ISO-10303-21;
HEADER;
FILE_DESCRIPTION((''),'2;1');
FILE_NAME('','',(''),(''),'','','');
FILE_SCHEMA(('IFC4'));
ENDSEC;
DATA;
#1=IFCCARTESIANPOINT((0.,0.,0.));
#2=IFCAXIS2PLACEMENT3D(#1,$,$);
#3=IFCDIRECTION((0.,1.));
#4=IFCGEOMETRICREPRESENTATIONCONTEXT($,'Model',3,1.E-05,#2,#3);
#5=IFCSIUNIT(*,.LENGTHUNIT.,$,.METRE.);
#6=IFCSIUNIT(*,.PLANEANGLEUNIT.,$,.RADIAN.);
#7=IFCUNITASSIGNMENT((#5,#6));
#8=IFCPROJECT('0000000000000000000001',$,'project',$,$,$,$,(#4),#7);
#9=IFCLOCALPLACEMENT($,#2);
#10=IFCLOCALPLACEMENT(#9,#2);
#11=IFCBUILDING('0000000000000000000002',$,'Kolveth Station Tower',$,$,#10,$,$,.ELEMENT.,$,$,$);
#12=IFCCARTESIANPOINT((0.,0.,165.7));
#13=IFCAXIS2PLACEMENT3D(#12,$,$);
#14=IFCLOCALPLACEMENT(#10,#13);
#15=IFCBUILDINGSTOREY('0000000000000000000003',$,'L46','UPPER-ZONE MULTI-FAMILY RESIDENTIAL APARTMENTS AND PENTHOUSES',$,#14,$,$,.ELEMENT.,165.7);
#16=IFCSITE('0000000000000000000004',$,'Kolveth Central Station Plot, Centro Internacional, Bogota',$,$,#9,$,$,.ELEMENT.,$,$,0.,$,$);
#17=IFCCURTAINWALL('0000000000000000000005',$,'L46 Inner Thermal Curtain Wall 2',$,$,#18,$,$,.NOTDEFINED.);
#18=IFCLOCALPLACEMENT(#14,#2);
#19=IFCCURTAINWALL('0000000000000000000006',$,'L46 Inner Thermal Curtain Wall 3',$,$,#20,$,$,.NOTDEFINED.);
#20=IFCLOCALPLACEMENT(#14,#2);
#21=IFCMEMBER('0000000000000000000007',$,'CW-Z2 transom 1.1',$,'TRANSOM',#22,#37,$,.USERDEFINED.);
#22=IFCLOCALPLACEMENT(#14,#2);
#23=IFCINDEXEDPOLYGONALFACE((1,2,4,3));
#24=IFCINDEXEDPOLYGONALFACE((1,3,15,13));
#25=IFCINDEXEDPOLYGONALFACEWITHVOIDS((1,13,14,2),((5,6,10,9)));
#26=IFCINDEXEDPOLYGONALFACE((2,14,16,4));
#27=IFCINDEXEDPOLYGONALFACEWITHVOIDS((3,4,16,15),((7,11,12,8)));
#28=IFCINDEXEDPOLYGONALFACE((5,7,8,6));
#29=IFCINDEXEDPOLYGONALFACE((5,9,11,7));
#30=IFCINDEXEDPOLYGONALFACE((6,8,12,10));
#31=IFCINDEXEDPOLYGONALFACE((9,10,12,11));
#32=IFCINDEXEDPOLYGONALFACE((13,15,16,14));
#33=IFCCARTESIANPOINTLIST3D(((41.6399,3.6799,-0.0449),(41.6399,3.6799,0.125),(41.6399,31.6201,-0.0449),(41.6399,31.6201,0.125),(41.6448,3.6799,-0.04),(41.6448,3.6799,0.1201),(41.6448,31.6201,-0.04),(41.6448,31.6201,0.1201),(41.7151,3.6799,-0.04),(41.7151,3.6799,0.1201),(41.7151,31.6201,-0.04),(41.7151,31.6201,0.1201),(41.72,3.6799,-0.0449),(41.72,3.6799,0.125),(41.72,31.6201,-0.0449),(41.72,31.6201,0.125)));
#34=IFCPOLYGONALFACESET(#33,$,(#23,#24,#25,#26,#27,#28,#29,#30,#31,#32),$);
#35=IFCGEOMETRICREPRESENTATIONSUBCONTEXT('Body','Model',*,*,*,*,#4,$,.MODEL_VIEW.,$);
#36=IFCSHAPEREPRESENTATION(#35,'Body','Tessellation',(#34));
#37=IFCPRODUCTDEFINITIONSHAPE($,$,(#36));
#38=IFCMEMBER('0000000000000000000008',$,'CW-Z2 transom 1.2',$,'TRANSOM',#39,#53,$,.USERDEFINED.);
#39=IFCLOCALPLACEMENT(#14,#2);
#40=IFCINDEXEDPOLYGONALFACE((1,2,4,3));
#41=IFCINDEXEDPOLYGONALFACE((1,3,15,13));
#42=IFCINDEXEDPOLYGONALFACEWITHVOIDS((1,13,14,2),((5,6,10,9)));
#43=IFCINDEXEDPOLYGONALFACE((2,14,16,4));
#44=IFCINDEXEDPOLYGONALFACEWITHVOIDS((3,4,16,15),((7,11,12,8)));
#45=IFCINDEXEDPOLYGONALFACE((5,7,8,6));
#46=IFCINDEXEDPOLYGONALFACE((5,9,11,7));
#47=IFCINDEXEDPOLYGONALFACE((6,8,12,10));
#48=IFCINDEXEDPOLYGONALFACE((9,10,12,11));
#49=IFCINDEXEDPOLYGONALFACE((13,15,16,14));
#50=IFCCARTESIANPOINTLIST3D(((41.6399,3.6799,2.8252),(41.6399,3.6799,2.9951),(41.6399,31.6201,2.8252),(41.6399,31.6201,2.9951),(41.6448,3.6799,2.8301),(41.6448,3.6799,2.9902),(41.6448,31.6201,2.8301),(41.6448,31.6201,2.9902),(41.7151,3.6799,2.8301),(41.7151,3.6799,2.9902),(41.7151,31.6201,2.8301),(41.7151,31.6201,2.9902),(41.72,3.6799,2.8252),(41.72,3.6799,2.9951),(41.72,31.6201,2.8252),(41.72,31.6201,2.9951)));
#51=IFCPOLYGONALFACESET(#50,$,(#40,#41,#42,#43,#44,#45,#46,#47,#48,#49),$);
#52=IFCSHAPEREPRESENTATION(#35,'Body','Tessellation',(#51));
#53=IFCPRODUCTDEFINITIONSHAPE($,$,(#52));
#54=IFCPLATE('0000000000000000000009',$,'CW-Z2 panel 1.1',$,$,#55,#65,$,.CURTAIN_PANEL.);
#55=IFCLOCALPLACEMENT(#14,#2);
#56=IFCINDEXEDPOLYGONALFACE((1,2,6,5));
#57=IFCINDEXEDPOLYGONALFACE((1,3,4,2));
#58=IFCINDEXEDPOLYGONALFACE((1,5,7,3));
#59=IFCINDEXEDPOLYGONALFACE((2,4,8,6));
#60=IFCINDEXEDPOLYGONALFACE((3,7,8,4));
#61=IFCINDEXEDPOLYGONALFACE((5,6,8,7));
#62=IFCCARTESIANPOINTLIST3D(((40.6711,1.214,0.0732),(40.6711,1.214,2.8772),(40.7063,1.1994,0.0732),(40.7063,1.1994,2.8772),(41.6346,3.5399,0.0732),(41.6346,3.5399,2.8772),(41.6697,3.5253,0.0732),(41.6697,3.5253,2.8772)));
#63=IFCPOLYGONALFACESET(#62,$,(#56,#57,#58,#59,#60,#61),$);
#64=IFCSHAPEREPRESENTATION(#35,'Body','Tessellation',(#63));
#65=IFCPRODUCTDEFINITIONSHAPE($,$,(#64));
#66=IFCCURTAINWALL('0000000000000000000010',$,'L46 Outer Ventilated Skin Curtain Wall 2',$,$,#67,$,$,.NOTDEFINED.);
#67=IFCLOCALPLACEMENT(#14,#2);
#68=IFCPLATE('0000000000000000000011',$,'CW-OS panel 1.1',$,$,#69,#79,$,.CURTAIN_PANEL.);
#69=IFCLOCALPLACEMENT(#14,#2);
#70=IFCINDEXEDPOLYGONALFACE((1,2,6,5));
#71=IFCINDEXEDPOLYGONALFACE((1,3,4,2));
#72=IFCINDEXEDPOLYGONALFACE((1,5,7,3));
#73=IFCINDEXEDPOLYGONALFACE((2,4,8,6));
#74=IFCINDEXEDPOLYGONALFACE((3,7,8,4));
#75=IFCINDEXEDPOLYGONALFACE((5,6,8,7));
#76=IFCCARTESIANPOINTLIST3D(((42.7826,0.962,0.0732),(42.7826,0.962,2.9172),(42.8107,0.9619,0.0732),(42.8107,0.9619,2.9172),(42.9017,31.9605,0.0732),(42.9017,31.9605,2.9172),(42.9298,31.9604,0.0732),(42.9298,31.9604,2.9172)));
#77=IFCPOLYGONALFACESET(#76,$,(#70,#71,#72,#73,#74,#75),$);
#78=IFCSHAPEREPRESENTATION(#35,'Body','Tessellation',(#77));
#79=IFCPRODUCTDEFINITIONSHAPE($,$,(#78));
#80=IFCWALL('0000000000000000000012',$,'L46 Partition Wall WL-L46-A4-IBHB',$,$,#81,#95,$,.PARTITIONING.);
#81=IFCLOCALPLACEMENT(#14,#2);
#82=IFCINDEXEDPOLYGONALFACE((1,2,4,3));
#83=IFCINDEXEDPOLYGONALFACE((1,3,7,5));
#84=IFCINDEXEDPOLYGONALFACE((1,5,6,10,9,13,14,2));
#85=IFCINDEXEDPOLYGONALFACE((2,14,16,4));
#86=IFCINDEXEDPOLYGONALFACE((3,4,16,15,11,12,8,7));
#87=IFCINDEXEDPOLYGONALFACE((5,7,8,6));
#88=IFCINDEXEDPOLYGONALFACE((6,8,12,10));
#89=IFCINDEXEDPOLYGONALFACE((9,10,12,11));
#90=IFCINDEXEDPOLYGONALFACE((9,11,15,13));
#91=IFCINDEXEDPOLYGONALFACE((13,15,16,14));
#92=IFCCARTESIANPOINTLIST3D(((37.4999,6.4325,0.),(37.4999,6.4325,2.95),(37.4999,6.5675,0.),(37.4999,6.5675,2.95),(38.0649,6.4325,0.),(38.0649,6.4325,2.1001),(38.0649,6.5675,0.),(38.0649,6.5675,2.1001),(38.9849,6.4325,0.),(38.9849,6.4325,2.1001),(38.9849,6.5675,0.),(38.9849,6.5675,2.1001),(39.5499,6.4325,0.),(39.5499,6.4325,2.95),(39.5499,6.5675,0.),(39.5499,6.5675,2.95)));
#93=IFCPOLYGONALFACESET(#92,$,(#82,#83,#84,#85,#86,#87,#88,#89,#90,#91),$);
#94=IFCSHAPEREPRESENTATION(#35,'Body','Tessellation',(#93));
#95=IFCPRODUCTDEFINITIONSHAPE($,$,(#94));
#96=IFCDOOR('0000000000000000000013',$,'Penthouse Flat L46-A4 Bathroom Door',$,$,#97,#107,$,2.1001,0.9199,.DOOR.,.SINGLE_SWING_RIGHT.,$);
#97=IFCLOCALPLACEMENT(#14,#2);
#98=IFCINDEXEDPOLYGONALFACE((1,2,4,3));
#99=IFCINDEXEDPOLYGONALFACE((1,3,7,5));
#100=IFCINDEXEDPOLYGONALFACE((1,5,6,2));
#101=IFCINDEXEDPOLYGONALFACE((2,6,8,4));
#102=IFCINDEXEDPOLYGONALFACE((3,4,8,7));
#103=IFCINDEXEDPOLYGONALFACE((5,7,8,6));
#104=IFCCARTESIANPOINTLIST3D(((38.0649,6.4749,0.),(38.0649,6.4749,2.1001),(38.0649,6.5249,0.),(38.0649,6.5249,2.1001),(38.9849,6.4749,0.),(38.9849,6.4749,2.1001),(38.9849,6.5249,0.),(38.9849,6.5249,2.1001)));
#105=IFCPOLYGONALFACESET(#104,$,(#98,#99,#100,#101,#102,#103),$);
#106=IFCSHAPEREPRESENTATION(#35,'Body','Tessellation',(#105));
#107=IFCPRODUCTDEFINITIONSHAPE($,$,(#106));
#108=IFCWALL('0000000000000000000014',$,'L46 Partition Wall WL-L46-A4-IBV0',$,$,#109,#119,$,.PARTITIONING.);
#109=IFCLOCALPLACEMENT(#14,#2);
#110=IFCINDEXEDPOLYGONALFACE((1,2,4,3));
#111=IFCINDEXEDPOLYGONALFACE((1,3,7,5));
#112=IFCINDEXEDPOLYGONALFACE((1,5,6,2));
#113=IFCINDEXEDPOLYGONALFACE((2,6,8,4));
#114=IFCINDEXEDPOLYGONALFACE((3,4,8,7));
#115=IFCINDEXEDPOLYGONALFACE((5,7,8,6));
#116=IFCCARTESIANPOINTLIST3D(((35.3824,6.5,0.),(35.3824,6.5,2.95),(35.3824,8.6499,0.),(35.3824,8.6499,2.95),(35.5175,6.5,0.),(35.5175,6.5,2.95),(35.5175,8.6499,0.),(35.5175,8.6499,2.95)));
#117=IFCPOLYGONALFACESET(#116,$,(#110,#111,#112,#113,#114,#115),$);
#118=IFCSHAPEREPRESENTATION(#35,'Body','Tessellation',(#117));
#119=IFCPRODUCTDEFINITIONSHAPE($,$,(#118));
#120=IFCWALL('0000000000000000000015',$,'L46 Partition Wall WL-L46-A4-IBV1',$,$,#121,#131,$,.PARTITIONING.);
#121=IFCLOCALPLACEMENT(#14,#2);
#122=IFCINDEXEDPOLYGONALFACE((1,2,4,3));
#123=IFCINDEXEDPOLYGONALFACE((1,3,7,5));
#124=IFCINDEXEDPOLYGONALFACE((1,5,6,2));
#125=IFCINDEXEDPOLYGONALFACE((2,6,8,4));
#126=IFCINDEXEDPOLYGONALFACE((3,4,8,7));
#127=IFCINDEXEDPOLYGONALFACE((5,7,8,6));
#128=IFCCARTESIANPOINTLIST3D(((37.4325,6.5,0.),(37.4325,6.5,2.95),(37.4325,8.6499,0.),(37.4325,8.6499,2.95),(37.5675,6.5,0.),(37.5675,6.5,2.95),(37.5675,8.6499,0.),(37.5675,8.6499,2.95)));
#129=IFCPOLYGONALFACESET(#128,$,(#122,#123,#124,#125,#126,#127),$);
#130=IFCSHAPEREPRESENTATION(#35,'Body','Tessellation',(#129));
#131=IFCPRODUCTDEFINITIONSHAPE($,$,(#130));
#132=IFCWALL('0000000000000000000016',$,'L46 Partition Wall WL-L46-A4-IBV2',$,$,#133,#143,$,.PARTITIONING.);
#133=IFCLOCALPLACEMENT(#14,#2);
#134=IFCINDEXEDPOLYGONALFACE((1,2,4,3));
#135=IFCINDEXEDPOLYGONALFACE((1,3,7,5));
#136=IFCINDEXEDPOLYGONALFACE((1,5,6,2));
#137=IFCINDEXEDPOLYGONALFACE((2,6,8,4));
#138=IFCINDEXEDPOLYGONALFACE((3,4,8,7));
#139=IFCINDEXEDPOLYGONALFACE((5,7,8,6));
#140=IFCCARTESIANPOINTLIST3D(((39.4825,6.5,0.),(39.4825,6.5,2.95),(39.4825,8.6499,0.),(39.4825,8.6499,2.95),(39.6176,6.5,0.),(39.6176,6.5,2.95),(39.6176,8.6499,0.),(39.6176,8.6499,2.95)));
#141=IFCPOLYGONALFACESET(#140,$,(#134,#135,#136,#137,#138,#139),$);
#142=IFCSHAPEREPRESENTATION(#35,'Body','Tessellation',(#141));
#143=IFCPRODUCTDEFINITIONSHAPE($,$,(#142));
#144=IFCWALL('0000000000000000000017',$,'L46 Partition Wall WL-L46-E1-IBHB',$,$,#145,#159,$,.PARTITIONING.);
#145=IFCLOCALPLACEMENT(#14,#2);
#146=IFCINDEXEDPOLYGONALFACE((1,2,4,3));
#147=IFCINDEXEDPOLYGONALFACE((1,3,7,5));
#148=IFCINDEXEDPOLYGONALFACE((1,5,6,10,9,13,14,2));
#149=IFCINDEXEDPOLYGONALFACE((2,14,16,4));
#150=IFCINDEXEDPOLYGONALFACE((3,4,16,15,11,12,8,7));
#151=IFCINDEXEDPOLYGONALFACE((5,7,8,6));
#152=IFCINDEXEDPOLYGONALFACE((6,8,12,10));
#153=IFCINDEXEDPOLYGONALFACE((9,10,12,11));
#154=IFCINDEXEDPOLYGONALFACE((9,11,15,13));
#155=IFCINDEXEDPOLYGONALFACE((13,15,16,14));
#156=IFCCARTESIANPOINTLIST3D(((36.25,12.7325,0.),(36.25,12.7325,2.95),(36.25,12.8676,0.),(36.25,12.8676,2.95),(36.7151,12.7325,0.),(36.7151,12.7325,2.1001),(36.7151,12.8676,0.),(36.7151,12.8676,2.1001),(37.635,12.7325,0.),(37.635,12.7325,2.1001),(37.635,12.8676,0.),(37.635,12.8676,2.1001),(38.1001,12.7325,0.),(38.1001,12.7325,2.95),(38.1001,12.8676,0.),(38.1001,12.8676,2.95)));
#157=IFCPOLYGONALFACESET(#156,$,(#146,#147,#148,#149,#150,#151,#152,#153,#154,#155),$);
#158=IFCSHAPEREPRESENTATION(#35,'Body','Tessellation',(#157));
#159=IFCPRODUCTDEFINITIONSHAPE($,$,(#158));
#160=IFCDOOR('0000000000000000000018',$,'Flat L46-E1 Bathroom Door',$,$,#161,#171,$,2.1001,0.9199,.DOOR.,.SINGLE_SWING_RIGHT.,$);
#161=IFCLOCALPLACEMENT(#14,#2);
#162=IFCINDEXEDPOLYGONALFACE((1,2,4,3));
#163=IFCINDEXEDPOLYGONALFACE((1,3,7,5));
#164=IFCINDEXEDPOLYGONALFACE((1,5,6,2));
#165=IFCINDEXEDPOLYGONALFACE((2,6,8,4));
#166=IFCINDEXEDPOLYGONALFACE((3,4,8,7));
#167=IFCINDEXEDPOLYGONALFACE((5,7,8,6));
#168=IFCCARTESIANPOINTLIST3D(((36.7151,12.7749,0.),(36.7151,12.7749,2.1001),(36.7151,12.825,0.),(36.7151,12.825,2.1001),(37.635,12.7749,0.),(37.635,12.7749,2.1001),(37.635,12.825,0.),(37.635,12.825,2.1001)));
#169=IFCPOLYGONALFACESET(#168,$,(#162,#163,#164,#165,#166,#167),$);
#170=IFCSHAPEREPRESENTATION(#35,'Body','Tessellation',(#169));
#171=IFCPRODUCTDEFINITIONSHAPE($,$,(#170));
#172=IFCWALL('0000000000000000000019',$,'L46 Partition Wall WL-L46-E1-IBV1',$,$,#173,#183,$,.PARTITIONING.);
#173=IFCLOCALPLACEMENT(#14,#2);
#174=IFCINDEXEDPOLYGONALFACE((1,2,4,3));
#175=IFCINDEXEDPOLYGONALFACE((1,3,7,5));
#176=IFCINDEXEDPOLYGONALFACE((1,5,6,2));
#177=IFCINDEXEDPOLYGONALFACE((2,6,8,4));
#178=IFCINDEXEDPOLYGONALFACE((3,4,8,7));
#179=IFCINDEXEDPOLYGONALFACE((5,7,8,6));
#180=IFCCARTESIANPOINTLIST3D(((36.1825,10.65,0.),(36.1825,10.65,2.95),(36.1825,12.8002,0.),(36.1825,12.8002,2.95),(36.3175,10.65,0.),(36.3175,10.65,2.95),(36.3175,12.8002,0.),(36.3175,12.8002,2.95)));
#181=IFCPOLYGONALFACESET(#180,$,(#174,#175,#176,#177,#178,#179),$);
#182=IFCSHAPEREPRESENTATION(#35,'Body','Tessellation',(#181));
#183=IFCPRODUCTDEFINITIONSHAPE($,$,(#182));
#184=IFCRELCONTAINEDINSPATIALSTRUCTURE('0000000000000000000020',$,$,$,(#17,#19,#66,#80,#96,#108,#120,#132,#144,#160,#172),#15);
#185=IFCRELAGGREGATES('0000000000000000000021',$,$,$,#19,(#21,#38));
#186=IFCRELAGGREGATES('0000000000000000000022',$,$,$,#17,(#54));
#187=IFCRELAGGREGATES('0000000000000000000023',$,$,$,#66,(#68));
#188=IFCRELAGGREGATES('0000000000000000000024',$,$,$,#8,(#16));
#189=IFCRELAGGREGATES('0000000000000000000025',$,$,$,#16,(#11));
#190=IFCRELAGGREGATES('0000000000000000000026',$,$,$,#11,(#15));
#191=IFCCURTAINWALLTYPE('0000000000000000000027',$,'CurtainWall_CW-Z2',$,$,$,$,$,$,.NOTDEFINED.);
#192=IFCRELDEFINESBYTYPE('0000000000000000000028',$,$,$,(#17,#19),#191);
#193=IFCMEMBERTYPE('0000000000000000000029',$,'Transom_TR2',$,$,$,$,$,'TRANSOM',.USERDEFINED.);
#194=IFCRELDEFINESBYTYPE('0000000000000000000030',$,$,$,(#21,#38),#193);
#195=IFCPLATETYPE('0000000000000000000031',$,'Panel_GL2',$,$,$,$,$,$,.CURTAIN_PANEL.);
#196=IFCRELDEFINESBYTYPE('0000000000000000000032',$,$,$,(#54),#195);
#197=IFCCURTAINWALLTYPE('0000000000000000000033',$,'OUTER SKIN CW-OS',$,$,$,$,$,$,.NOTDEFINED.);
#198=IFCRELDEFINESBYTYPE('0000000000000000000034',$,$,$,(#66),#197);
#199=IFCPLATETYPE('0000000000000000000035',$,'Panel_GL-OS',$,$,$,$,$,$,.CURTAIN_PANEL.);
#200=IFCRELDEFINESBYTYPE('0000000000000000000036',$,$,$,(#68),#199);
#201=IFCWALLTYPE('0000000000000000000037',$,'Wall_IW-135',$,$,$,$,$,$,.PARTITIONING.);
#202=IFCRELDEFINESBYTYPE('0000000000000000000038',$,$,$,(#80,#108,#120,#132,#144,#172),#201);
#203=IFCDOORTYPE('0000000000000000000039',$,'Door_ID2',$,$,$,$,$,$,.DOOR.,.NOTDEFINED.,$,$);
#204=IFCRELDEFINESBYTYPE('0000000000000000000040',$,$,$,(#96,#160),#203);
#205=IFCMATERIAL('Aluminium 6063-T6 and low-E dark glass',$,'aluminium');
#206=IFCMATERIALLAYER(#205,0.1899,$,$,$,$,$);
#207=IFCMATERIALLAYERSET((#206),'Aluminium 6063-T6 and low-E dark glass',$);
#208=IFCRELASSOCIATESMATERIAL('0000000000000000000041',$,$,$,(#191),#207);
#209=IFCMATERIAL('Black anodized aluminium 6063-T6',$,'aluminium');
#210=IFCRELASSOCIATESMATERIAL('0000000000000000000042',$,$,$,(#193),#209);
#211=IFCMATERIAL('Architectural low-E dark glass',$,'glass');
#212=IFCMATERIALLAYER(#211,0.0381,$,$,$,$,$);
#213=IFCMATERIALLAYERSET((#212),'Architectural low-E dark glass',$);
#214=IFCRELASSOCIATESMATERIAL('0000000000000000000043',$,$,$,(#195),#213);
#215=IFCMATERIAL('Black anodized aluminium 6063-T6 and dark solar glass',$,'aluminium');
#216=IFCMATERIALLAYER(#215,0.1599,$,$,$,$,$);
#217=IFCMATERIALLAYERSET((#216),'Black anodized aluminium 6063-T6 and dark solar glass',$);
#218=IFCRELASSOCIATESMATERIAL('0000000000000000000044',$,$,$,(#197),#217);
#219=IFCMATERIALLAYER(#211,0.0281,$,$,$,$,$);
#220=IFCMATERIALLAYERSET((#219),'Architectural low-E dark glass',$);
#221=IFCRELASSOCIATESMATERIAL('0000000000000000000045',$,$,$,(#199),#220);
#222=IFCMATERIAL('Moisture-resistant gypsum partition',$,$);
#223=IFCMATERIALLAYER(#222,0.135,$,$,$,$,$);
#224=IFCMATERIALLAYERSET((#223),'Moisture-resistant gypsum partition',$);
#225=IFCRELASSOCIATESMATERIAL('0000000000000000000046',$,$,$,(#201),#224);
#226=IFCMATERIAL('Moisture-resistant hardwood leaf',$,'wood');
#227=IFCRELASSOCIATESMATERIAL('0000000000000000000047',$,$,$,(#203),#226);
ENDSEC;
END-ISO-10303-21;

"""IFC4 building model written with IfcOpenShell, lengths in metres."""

from ifc_helpers import new_model, si_unit, direction, frame, frame_2d, origin, origin_2d, place, context, subcontext, project, spatial, rectangle, hollow_rectangle, extrude, source, transform, mapped, material, layer, layer_set, material_profile, profile_set, type_object, element, fill, aggregate, save


model = new_model("IFC4")

# Units and contexts
model_context = context("Model", 3, precision=1e-05, world=origin(), true_north=direction((0.0, 1.0)))
body_context = subcontext(model_context, "Body", "Model", "MODEL_VIEW")
ifc_project = project(units=[si_unit("LENGTHUNIT", "METRE"), si_unit("PLANEANGLEUNIT", "RADIAN")], contexts=[model_context])

# Site, building, storey
site_placement = place(None, origin())
site = spatial("IfcSite", under=ifc_project, at=site_placement, Name="Kolveth Central Station Plot, Centro Internacional, Bogota", CompositionType="ELEMENT", RefElevation=0.0)
building_placement = place(site_placement, origin())
building = spatial("IfcBuilding", under=site, at=building_placement, Name="Kolveth Station Tower", CompositionType="ELEMENT")
storey_placement = place(building_placement, frame((0.0, 0.0, 165.7)))
storey = spatial("IfcBuildingStorey", under=building, at=storey_placement, Name="L46", Description="UPPER-ZONE MULTI-FAMILY RESIDENTIAL APARTMENTS AND PENTHOUSES", CompositionType="ELEMENT", Elevation=165.7)

# Curtain walls
ifc_material_1 = material(Name="Aluminium 6063-T6 and low-E dark glass", Category="aluminium")
ifc_layer_1 = layer(ifc_material_1, 0.1899)
ifc_layer_set_1 = layer_set([ifc_layer_1], Name="Aluminium 6063-T6 and low-E dark glass")
curtain_wall_type_1 = type_object("IfcCurtainWallType", Name="CurtainWall_CW-Z2", PredefinedType="NOTDEFINED", material=ifc_layer_set_1)
curtain_wall_1_placement = place(storey_placement, origin())
curtain_wall_1 = element("IfcCurtainWall", 1, at=curtain_wall_1_placement, inside=storey, type_object=curtain_wall_type_1, Name="L46 Inner Thermal Curtain Wall 2", PredefinedType="NOTDEFINED")
ifc_material_2 = material(Name="Black anodized aluminium 6063-T6", Category="aluminium")
curtain_wall_2_placement = place(storey_placement, origin())
curtain_wall_2 = element("IfcCurtainWall", 2, at=curtain_wall_2_placement, inside=storey, type_object=curtain_wall_type_1, Name="L46 Inner Thermal Curtain Wall 3", PredefinedType="NOTDEFINED")

# Members
ifc_material_profile_1 = material_profile(ifc_material_2, hollow_rectangle(XDim=0.0801, YDim=0.1699, WallThickness=0.0049, at=origin_2d()), Name="ALU-80x170x5")
ifc_profile_set_1 = profile_set([ifc_material_profile_1], Name="Black anodized aluminium 6063-T6")
member_type_1 = type_object("IfcMemberType", Name="Transom_TR2", ElementType="TRANSOM", PredefinedType="USERDEFINED", material=ifc_profile_set_1)
shared_shape_1 = source(origin(), body_context, "Body", "SweptSolid", [
    extrude(hollow_rectangle(XDim=0.0801, YDim=0.1699, WallThickness=0.0049, at=origin_2d()), origin(), (0.0, 0.0, 1.0), 27.9402),
])
member_1_placement = place(storey_placement, frame((41.6799, 3.6799, 0.04), z_axis=(0.0, 1.0, 0.0), x_axis=(-1.0, 0.0, 0.0)))
member_1 = element("IfcMember", 3, at=member_1_placement, type_object=member_type_1, Name="CW-Z2 transom 1.1", ObjectType="TRANSOM", PredefinedType="USERDEFINED", context=body_context, shape_type="MappedRepresentation", body=[
    mapped(shared_shape_1, transform((0.0, 0.0, 0.0), x_axis=(1.0, 0.0, 0.0), y_axis=(0.0, 1.0, 0.0), z_axis=(0.0, 0.0, 1.0), scale=1.0)),
])
member_2_placement = place(storey_placement, frame((41.6799, 3.6799, 2.9102), z_axis=(0.0, 1.0, 0.0), x_axis=(-1.0, 0.0, 0.0)))
member_2 = element("IfcMember", 4, at=member_2_placement, type_object=member_type_1, Name="CW-Z2 transom 1.2", ObjectType="TRANSOM", PredefinedType="USERDEFINED", context=body_context, shape_type="MappedRepresentation", body=[
    mapped(shared_shape_1, transform((0.0, 0.0, 0.0), x_axis=(1.0, 0.0, 0.0), y_axis=(0.0, 1.0, 0.0), z_axis=(0.0, 0.0, 1.0), scale=1.0)),
])
aggregate(curtain_wall_2, [member_1, member_2])

# Plate
ifc_material_3 = material(Name="Architectural low-E dark glass", Category="glass")
ifc_layer_2 = layer(ifc_material_3, 0.0381)
ifc_layer_set_2 = layer_set([ifc_layer_2], Name="Architectural low-E dark glass")
plate_type_1 = type_object("IfcPlateType", Name="Panel_GL2", PredefinedType="CURTAIN_PANEL", material=ifc_layer_set_2)
shared_shape_2 = source(origin(), body_context, "Body", "SweptSolid", [
    extrude(rectangle(XDim=2.5176, YDim=0.0381, at=origin_2d()), origin(), (0.0, 0.0, 1.0), 2.804),
])
plate_1_placement = place(storey_placement, frame((41.1704, 2.3696, 0.0732), z_axis=(0.0, 0.0, 1.0), x_axis=(0.382698, 0.923874, 0.0)))
plate_1 = element("IfcPlate", 5, at=plate_1_placement, type_object=plate_type_1, Name="CW-Z2 panel 1.1", PredefinedType="CURTAIN_PANEL", context=body_context, shape_type="MappedRepresentation", body=[
    mapped(shared_shape_2, transform((0.0, 0.0, 0.0), x_axis=(1.0, 0.0, 0.0), y_axis=(0.0, 1.0, 0.0), z_axis=(0.0, 0.0, 1.0), scale=1.0)),
])
aggregate(curtain_wall_1, [plate_1])

# Curtain wall, plate
ifc_material_4 = material(Name="Black anodized aluminium 6063-T6 and dark solar glass", Category="aluminium")
ifc_layer_3 = layer(ifc_material_4, 0.1599)
ifc_layer_set_3 = layer_set([ifc_layer_3], Name="Black anodized aluminium 6063-T6 and dark solar glass")
curtain_wall_type_2 = type_object("IfcCurtainWallType", Name="OUTER SKIN CW-OS", PredefinedType="NOTDEFINED", material=ifc_layer_set_3)
curtain_wall_3_placement = place(storey_placement, origin())
curtain_wall_3 = element("IfcCurtainWall", 6, at=curtain_wall_3_placement, inside=storey, type_object=curtain_wall_type_2, Name="L46 Outer Ventilated Skin Curtain Wall 2", PredefinedType="NOTDEFINED")
ifc_layer_4 = layer(ifc_material_3, 0.0281)
ifc_layer_set_4 = layer_set([ifc_layer_4], Name="Architectural low-E dark glass")
plate_type_2 = type_object("IfcPlateType", Name="Panel_GL-OS", PredefinedType="CURTAIN_PANEL", material=ifc_layer_set_4)
shared_shape_3 = source(origin(), body_context, "Body", "SweptSolid", [
    extrude(rectangle(XDim=30.9988, YDim=0.0281, at=origin_2d()), origin(), (0.0, 0.0, 1.0), 2.844),
])
plate_2_placement = place(storey_placement, frame((42.8562, 16.4612, 0.0732), z_axis=(0.0, 0.0, 1.0), x_axis=(0.003844, 0.999993, 0.0)))
plate_2 = element("IfcPlate", 7, at=plate_2_placement, type_object=plate_type_2, Name="CW-OS panel 1.1", PredefinedType="CURTAIN_PANEL", context=body_context, shape_type="MappedRepresentation", body=[
    mapped(shared_shape_3, transform((0.0, 0.0, 0.0), x_axis=(1.0, 0.0, 0.0), y_axis=(0.0, 1.0, 0.0), z_axis=(0.0, 0.0, 1.0), scale=1.0)),
])
aggregate(curtain_wall_3, [plate_2])

# Wall, opening, door
ifc_material_5 = material(Name="Moisture-resistant gypsum partition")
ifc_layer_5 = layer(ifc_material_5, 0.135)
ifc_layer_set_5 = layer_set([ifc_layer_5], Name="Moisture-resistant gypsum partition")
wall_type_1 = type_object("IfcWallType", Name="Wall_IW-135", PredefinedType="PARTITIONING", material=ifc_layer_set_5)
wall_1_placement = place(storey_placement, frame((37.5, 6.5, 0.0), z_axis=(0.0, 0.0, 1.0), x_axis=(1.0, 0.0, 0.0)))
wall_1 = element("IfcWall", 8, at=wall_1_placement, inside=storey, type_object=wall_type_1, Name="L46 Partition Wall WL-L46-A4-IBHB", PredefinedType="PARTITIONING", context=body_context, shape_type="SweptSolid", body=[
    extrude(rectangle(XDim=2.05, YDim=0.135, at=frame_2d((1.0249, 0.0))), origin(), (0.0, 0.0, 1.0), 2.95),
])
opening_1_placement = place(wall_1_placement, frame((0.5649, 0.0, 0.0)))
opening_1 = element("IfcOpeningElement", 9, at=opening_1_placement, cuts=wall_1, PredefinedType="OPENING", context=body_context, shape_type="SweptSolid", body=[
    extrude(rectangle(XDim=0.9199, YDim=2.1001, at=frame_2d((0.46, 1.05))), frame((0.0, 0.0774, 0.0), z_axis=(0.0, -1.0, 0.0), x_axis=(1.0, 0.0, 0.0)), (0.0, 0.0, 1.0), 0.155),
])
ifc_material_6 = material(Name="Moisture-resistant hardwood leaf", Category="wood")
door_type_1 = type_object("IfcDoorType", Name="Door_ID2", OperationType="NOTDEFINED", PredefinedType="DOOR", material=ifc_material_6)
door_1_placement = place(opening_1_placement, origin())
door_1 = element("IfcDoor", 10, at=door_1_placement, inside=storey, type_object=door_type_1, Name="Penthouse Flat L46-A4 Bathroom Door", OperationType="SINGLE_SWING_RIGHT", OverallHeight=2.1001, OverallWidth=0.9199, PredefinedType="DOOR", context=body_context, shape_type="SweptSolid", body=[
    extrude(rectangle(XDim=0.9199, YDim=2.1001, at=frame_2d((0.46, 1.05))), frame((0.0, 0.0249, 0.0), z_axis=(0.0, -1.0, 0.0), x_axis=(1.0, 0.0, 0.0)), (0.0, 0.0, 1.0), 0.05),
])
fill(opening_1, door_1)

# Walls
for number, where, z_axis, x_axis, name in (
    (11, (35.45, 6.5, 0.0), (0.0, 0.0, 1.0), (0.0, 1.0, 0.0), "L46 Partition Wall WL-L46-A4-IBV0"),
    (12, (37.5, 6.5, 0.0), (0.0, 0.0, 1.0), (0.0, 1.0, 0.0), "L46 Partition Wall WL-L46-A4-IBV1"),
    (13, (39.55, 6.5, 0.0), (0.0, 0.0, 1.0), (0.0, 1.0, 0.0), "L46 Partition Wall WL-L46-A4-IBV2"),
):
    element("IfcWall", number, at=place(storey_placement, frame(where, z_axis=z_axis, x_axis=x_axis)), inside=storey, type_object=wall_type_1, Name=name, PredefinedType="PARTITIONING", context=body_context, shape_type="SweptSolid", body=[
        extrude(rectangle(XDim=2.1499, YDim=0.135, at=frame_2d((1.075, 0.0))), origin(), (0.0, 0.0, 1.0), 2.95),
    ])

# Wall, opening, door
wall_2_placement = place(storey_placement, frame((36.25, 12.8, 0.0), z_axis=(0.0, 0.0, 1.0), x_axis=(1.0, 0.0, 0.0)))
wall_2 = element("IfcWall", 14, at=wall_2_placement, inside=storey, type_object=wall_type_1, Name="L46 Partition Wall WL-L46-E1-IBHB", PredefinedType="PARTITIONING", context=body_context, shape_type="SweptSolid", body=[
    extrude(rectangle(XDim=1.8501, YDim=0.135, at=frame_2d((0.925, 0.0))), origin(), (0.0, 0.0, 1.0), 2.95),
])
opening_2_placement = place(wall_2_placement, frame((0.4651, 0.0, 0.0)))
opening_2 = element("IfcOpeningElement", 15, at=opening_2_placement, cuts=wall_2, PredefinedType="OPENING", context=body_context, shape_type="SweptSolid", body=[
    extrude(rectangle(XDim=0.9199, YDim=2.1001, at=frame_2d((0.46, 1.05))), frame((0.0, 0.0774, 0.0), z_axis=(0.0, -1.0, 0.0), x_axis=(1.0, 0.0, 0.0)), (0.0, 0.0, 1.0), 0.155),
])
door_2_placement = place(opening_2_placement, origin())
door_2 = element("IfcDoor", 16, at=door_2_placement, inside=storey, type_object=door_type_1, Name="Flat L46-E1 Bathroom Door", OperationType="SINGLE_SWING_RIGHT", OverallHeight=2.1001, OverallWidth=0.9199, PredefinedType="DOOR", context=body_context, shape_type="SweptSolid", body=[
    extrude(rectangle(XDim=0.9199, YDim=2.1001, at=frame_2d((0.46, 1.05))), frame((0.0, 0.0249, 0.0), z_axis=(0.0, -1.0, 0.0), x_axis=(1.0, 0.0, 0.0)), (0.0, 0.0, 1.0), 0.05),
])
fill(opening_2, door_2)

# Wall
for number, where, z_axis, x_axis, name in (
    (17, (36.25, 10.6499, 0.0), (0.0, 0.0, 1.0), (0.0, 1.0, 0.0), "L46 Partition Wall WL-L46-E1-IBV1"),
):
    element("IfcWall", number, at=place(storey_placement, frame(where, z_axis=z_axis, x_axis=x_axis)), inside=storey, type_object=wall_type_1, Name=name, PredefinedType="PARTITIONING", context=body_context, shape_type="SweptSolid", body=[
        extrude(rectangle(XDim=2.1501, YDim=0.135, at=frame_2d((1.0752, 0.0))), origin(), (0.0, 0.0, 1.0), 2.95),
    ])

save(model, "model.ifc")
